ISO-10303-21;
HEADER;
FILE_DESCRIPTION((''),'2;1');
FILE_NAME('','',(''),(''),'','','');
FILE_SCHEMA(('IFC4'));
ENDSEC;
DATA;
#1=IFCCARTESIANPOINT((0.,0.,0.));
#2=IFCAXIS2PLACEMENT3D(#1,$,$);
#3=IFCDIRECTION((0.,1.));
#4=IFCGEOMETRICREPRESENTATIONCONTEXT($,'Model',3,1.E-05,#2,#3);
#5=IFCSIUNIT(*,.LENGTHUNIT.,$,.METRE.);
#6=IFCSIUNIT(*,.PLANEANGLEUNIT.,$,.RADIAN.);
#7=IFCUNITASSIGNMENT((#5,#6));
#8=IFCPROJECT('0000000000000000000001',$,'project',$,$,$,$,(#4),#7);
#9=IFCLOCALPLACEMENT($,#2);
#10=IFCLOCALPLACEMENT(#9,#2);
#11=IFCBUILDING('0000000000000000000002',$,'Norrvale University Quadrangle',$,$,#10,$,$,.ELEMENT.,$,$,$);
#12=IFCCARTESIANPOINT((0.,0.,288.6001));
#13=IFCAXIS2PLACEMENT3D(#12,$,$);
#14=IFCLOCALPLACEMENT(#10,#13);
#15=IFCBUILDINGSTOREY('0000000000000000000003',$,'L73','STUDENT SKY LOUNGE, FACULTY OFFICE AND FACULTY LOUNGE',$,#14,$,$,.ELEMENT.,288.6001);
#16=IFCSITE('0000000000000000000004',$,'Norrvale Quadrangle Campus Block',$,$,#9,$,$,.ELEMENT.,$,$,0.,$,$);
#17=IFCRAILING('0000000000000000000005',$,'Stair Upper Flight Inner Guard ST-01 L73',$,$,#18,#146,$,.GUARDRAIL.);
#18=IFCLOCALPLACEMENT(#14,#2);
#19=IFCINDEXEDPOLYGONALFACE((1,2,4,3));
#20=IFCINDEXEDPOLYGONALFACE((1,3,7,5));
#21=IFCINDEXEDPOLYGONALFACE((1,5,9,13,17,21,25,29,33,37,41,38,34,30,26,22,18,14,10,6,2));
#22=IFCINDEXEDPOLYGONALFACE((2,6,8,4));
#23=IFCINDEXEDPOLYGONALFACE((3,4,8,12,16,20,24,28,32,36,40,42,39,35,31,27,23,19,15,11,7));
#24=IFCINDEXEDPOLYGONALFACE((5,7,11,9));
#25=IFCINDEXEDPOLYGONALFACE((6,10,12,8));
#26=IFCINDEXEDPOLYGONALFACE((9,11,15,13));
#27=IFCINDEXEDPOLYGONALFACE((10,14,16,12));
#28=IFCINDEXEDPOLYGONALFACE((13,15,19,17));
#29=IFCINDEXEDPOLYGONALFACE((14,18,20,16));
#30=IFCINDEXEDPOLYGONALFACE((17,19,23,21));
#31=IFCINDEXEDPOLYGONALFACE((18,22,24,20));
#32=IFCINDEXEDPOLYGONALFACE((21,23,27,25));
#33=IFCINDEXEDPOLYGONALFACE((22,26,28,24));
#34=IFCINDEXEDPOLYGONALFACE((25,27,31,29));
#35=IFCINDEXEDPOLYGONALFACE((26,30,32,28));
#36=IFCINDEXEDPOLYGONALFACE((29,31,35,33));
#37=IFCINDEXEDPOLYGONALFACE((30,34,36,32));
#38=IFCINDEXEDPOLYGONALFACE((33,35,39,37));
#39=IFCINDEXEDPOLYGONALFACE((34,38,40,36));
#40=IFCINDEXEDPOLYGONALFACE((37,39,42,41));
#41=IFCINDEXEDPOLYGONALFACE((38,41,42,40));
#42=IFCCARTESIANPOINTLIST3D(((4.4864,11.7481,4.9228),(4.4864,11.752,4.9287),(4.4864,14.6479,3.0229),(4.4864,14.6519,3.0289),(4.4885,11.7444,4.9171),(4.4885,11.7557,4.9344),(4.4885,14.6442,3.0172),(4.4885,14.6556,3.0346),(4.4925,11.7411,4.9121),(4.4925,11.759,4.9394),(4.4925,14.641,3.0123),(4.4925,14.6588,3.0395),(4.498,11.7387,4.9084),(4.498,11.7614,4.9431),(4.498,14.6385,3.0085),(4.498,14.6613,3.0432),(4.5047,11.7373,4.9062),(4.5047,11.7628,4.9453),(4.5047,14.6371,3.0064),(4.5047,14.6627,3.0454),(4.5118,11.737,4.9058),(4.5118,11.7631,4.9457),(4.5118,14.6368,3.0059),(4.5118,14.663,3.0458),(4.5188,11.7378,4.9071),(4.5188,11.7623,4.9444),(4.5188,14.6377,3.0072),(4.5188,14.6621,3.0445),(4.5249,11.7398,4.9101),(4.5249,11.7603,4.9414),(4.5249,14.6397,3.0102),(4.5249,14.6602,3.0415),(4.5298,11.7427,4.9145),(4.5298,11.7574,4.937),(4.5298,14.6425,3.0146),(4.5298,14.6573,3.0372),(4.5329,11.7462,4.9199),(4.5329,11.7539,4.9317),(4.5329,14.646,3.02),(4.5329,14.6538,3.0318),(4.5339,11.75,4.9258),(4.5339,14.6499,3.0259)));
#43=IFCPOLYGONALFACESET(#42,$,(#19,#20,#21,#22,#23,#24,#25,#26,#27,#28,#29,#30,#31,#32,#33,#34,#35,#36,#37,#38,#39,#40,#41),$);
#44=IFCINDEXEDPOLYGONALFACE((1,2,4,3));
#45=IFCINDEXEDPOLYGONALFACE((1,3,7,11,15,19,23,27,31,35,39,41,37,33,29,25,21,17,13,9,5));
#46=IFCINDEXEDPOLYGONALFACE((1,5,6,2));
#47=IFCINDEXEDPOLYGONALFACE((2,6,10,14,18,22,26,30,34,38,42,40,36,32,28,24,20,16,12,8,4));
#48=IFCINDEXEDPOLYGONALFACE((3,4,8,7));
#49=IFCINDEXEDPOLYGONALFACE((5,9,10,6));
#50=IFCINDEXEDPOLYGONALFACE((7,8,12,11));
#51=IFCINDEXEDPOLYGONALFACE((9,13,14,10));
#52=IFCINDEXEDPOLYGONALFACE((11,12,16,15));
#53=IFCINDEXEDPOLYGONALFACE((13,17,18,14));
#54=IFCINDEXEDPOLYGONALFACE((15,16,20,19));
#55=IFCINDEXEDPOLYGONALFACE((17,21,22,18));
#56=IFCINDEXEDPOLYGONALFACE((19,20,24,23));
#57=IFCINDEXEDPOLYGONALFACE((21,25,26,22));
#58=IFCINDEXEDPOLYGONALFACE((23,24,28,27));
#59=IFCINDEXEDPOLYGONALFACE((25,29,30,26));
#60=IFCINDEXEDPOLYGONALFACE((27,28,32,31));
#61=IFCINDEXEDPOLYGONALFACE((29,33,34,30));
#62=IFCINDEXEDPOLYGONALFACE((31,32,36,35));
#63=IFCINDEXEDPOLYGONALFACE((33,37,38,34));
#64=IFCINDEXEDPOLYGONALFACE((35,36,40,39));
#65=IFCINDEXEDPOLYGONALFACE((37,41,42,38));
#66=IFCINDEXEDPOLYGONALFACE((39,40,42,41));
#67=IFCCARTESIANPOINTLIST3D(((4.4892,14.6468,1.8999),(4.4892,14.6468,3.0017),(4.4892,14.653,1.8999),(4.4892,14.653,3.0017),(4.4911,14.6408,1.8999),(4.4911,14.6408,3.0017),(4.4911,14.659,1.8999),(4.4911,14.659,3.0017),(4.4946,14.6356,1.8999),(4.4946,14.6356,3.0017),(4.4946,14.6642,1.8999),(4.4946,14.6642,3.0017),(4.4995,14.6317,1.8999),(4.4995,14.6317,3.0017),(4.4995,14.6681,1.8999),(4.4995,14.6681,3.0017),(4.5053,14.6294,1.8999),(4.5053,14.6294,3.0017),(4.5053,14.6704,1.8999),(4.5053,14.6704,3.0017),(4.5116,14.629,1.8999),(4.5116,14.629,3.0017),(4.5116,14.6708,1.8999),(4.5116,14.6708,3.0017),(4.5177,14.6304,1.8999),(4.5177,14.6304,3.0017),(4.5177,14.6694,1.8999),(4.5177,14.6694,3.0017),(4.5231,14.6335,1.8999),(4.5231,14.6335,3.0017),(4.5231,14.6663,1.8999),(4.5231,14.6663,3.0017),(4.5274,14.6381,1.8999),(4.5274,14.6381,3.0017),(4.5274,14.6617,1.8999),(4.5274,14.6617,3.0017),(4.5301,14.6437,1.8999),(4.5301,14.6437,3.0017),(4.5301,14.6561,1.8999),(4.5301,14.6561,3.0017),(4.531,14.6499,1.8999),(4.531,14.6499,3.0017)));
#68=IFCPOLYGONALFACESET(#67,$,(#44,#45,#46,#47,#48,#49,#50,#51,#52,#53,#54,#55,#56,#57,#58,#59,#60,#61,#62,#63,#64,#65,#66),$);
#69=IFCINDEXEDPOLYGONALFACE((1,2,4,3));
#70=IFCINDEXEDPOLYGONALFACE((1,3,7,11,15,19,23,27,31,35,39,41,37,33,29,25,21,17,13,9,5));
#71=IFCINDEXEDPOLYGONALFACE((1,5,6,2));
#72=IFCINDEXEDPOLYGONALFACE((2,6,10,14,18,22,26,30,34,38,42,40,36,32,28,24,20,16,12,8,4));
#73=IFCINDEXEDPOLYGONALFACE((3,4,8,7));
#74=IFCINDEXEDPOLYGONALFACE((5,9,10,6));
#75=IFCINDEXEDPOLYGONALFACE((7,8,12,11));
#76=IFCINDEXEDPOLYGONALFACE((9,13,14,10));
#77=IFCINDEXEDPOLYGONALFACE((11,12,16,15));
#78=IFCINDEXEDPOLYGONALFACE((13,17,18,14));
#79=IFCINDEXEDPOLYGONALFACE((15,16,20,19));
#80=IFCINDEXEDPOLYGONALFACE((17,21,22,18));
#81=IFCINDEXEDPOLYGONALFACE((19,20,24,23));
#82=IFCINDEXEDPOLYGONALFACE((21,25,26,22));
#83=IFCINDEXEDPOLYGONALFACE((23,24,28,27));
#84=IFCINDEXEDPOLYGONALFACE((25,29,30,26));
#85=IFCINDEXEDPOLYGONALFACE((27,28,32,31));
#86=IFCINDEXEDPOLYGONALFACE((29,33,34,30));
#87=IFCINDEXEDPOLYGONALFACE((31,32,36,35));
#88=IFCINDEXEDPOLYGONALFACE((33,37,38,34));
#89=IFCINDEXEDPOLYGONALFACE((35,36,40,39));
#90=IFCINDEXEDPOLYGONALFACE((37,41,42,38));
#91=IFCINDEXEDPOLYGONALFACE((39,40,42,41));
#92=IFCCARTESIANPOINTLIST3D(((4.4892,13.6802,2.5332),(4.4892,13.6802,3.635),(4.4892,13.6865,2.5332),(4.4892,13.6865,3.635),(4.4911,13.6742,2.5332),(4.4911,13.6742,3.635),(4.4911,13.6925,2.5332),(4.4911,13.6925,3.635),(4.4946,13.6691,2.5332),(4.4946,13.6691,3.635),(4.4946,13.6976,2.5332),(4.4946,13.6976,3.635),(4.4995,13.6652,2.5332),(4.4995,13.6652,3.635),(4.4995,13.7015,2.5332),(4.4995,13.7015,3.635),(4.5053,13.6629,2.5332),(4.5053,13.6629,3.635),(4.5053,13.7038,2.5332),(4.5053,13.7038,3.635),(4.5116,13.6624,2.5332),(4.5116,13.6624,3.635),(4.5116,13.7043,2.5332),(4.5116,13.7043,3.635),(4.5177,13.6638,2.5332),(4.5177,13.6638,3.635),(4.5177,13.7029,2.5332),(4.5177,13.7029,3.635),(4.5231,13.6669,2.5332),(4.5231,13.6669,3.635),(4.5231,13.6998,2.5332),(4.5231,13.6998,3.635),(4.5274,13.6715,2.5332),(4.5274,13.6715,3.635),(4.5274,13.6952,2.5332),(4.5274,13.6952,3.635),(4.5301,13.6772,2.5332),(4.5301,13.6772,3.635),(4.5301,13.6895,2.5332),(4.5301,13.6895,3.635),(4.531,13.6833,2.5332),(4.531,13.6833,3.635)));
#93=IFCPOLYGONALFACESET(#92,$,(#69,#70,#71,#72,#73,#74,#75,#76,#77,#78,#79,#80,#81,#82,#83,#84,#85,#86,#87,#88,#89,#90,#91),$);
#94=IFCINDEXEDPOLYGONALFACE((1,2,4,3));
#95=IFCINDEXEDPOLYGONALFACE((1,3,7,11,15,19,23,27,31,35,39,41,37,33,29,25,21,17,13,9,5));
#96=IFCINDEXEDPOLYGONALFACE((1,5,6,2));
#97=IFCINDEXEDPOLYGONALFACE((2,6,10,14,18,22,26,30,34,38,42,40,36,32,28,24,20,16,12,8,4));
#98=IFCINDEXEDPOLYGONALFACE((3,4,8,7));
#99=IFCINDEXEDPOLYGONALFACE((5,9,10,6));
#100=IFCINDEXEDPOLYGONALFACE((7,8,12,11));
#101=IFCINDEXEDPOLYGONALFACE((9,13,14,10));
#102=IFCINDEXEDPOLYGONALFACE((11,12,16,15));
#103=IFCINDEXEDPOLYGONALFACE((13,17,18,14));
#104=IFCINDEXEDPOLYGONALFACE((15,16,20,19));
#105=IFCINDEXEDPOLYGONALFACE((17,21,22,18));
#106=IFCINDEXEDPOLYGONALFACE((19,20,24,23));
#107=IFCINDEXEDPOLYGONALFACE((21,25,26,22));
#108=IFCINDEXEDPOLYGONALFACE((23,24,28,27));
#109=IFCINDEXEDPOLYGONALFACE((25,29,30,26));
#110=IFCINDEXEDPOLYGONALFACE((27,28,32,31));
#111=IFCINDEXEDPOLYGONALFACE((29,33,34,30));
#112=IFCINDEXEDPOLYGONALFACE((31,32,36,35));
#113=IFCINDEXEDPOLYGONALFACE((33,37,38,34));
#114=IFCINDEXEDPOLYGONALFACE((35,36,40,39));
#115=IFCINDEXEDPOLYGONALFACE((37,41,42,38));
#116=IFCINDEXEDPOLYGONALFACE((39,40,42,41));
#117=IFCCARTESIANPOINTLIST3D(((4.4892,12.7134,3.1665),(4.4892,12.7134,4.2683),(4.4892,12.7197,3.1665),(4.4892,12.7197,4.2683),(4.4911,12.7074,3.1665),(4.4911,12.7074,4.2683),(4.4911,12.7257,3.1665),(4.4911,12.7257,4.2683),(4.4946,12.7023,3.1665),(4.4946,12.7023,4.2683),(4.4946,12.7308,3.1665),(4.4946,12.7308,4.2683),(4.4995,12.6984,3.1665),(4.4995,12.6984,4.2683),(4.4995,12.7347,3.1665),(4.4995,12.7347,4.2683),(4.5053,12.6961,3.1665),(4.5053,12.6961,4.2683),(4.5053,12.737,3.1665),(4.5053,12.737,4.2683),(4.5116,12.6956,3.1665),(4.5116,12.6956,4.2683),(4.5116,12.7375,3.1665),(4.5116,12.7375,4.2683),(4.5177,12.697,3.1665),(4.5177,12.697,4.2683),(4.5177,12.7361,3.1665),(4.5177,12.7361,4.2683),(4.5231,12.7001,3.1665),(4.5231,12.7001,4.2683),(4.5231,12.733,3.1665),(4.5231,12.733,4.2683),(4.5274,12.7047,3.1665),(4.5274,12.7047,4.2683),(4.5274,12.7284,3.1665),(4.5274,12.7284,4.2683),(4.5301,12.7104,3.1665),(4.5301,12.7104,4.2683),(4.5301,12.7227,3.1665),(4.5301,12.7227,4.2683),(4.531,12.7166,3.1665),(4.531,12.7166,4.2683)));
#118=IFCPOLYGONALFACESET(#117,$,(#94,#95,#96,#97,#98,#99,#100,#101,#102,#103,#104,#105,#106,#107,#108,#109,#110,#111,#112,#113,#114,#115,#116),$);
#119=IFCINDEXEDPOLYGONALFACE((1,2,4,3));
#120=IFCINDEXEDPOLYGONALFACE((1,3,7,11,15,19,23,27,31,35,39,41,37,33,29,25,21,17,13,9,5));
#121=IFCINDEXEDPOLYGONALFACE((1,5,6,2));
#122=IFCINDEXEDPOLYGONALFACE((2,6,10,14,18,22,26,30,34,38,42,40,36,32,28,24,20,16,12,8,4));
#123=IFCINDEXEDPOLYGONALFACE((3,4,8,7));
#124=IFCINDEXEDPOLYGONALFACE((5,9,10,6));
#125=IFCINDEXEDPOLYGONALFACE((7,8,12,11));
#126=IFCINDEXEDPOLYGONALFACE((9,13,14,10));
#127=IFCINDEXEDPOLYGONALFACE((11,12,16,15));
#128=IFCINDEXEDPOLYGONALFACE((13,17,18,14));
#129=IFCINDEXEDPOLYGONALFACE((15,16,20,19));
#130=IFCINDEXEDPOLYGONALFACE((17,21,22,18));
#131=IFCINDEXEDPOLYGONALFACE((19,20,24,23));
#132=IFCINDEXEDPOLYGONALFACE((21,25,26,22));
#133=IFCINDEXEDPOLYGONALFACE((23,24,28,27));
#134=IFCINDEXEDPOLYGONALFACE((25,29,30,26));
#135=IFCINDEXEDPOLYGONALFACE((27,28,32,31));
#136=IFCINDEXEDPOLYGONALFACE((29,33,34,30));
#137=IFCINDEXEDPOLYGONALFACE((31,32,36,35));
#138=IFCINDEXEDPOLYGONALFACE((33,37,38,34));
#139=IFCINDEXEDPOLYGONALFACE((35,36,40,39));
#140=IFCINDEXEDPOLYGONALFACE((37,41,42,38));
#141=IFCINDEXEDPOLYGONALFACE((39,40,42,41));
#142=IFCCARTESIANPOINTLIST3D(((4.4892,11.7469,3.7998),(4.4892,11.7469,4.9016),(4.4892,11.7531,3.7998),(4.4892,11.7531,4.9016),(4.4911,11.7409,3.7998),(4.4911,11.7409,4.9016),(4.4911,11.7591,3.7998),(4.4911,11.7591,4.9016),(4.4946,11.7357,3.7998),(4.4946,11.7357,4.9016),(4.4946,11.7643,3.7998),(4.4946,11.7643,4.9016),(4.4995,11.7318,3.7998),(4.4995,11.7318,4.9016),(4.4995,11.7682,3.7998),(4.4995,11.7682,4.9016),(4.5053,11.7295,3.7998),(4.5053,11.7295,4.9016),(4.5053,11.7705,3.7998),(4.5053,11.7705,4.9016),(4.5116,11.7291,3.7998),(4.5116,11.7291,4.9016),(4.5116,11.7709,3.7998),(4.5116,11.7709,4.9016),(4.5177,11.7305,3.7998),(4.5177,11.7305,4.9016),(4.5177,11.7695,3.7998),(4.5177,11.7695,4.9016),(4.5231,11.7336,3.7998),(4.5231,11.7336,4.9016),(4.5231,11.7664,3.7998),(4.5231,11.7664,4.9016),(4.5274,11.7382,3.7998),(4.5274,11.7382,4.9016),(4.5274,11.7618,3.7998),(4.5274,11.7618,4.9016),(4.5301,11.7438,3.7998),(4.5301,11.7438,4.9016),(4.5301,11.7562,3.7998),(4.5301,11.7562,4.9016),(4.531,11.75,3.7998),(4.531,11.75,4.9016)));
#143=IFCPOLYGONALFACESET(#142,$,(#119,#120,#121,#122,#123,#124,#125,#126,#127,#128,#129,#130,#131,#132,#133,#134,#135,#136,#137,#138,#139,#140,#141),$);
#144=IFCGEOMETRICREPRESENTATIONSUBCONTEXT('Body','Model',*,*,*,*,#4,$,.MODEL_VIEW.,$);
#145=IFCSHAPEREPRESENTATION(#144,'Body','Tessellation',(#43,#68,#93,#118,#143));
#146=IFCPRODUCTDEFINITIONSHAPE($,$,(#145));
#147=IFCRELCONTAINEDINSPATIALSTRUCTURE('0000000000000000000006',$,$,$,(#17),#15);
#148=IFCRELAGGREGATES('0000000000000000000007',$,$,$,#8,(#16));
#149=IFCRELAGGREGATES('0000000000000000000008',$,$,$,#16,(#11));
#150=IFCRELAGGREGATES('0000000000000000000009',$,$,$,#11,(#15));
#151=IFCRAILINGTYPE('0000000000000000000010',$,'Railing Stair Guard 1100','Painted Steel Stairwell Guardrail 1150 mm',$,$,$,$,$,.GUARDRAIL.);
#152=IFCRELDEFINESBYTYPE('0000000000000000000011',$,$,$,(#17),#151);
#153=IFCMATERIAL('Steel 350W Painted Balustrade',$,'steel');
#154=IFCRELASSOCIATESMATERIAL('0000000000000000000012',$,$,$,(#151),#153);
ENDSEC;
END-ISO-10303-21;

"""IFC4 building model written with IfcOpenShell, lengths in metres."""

from ifc_helpers import new_model, si_unit, direction, frame, origin, origin_2d, place, context, subcontext, project, spatial, circle, extrude, material, type_object, element, save


model = new_model("IFC4")

# Units and contexts
model_context = context("Model", 3, precision=1e-05, world=origin(), true_north=direction((0.0, 1.0)))
body_context = subcontext(model_context, "Body", "Model", "MODEL_VIEW")
ifc_project = project(units=[si_unit("LENGTHUNIT", "METRE"), si_unit("PLANEANGLEUNIT", "RADIAN")], contexts=[model_context])

# Site, building, storey
site_placement = place(None, origin())
site = spatial("IfcSite", under=ifc_project, at=site_placement, Name="Norrvale Quadrangle Campus Block", CompositionType="ELEMENT", RefElevation=0.0)
building_placement = place(site_placement, origin())
building = spatial("IfcBuilding", under=site, at=building_placement, Name="Norrvale University Quadrangle", CompositionType="ELEMENT")
storey_placement = place(building_placement, frame((0.0, 0.0, 288.6001)))
storey = spatial("IfcBuildingStorey", under=building, at=storey_placement, Name="L73", Description="STUDENT SKY LOUNGE, FACULTY OFFICE AND FACULTY LOUNGE", CompositionType="ELEMENT", Elevation=288.6001)

# Railing
ifc_material_1 = material(Name="Steel 350W Painted Balustrade", Category="steel")
railing_type_1 = type_object("IfcRailingType", Name="Railing Stair Guard 1100", Description="Painted Steel Stairwell Guardrail 1150 mm", PredefinedType="GUARDRAIL", material=ifc_material_1)
railing_1_placement = place(storey_placement, frame((4.51, 14.6499, 1.8999)))
element("IfcRailing", 1, at=railing_1_placement, inside=storey, type_object=railing_type_1, Name="Stair Upper Flight Inner Guard ST-01 L73", PredefinedType="GUARDRAIL", context=body_context, shape_type="SweptSolid", body=[
    extrude(circle(Radius=0.0239, at=origin_2d()), frame((0.0, 0.0, 1.126), z_axis=(0.0, -0.836466, 0.548019), x_axis=(1.0, 0.0, 0.0)), (0.0, 0.0, 1.0), 3.4668),
    extrude(circle(Radius=0.021, at=origin_2d()), origin(), (0.0, 0.0, 1.0), 1.1018),
    extrude(circle(Radius=0.021, at=origin_2d()), frame((0.0, -0.9666, 0.6333)), (0.0, 0.0, 1.0), 1.1018),
    extrude(circle(Radius=0.021, at=origin_2d()), frame((0.0, -1.9333, 1.2666)), (0.0, 0.0, 1.0), 1.1018),
    extrude(circle(Radius=0.021, at=origin_2d()), frame((0.0, -2.8999, 1.8999)), (0.0, 0.0, 1.0), 1.1018),
])

save(model, "model.ifc")
